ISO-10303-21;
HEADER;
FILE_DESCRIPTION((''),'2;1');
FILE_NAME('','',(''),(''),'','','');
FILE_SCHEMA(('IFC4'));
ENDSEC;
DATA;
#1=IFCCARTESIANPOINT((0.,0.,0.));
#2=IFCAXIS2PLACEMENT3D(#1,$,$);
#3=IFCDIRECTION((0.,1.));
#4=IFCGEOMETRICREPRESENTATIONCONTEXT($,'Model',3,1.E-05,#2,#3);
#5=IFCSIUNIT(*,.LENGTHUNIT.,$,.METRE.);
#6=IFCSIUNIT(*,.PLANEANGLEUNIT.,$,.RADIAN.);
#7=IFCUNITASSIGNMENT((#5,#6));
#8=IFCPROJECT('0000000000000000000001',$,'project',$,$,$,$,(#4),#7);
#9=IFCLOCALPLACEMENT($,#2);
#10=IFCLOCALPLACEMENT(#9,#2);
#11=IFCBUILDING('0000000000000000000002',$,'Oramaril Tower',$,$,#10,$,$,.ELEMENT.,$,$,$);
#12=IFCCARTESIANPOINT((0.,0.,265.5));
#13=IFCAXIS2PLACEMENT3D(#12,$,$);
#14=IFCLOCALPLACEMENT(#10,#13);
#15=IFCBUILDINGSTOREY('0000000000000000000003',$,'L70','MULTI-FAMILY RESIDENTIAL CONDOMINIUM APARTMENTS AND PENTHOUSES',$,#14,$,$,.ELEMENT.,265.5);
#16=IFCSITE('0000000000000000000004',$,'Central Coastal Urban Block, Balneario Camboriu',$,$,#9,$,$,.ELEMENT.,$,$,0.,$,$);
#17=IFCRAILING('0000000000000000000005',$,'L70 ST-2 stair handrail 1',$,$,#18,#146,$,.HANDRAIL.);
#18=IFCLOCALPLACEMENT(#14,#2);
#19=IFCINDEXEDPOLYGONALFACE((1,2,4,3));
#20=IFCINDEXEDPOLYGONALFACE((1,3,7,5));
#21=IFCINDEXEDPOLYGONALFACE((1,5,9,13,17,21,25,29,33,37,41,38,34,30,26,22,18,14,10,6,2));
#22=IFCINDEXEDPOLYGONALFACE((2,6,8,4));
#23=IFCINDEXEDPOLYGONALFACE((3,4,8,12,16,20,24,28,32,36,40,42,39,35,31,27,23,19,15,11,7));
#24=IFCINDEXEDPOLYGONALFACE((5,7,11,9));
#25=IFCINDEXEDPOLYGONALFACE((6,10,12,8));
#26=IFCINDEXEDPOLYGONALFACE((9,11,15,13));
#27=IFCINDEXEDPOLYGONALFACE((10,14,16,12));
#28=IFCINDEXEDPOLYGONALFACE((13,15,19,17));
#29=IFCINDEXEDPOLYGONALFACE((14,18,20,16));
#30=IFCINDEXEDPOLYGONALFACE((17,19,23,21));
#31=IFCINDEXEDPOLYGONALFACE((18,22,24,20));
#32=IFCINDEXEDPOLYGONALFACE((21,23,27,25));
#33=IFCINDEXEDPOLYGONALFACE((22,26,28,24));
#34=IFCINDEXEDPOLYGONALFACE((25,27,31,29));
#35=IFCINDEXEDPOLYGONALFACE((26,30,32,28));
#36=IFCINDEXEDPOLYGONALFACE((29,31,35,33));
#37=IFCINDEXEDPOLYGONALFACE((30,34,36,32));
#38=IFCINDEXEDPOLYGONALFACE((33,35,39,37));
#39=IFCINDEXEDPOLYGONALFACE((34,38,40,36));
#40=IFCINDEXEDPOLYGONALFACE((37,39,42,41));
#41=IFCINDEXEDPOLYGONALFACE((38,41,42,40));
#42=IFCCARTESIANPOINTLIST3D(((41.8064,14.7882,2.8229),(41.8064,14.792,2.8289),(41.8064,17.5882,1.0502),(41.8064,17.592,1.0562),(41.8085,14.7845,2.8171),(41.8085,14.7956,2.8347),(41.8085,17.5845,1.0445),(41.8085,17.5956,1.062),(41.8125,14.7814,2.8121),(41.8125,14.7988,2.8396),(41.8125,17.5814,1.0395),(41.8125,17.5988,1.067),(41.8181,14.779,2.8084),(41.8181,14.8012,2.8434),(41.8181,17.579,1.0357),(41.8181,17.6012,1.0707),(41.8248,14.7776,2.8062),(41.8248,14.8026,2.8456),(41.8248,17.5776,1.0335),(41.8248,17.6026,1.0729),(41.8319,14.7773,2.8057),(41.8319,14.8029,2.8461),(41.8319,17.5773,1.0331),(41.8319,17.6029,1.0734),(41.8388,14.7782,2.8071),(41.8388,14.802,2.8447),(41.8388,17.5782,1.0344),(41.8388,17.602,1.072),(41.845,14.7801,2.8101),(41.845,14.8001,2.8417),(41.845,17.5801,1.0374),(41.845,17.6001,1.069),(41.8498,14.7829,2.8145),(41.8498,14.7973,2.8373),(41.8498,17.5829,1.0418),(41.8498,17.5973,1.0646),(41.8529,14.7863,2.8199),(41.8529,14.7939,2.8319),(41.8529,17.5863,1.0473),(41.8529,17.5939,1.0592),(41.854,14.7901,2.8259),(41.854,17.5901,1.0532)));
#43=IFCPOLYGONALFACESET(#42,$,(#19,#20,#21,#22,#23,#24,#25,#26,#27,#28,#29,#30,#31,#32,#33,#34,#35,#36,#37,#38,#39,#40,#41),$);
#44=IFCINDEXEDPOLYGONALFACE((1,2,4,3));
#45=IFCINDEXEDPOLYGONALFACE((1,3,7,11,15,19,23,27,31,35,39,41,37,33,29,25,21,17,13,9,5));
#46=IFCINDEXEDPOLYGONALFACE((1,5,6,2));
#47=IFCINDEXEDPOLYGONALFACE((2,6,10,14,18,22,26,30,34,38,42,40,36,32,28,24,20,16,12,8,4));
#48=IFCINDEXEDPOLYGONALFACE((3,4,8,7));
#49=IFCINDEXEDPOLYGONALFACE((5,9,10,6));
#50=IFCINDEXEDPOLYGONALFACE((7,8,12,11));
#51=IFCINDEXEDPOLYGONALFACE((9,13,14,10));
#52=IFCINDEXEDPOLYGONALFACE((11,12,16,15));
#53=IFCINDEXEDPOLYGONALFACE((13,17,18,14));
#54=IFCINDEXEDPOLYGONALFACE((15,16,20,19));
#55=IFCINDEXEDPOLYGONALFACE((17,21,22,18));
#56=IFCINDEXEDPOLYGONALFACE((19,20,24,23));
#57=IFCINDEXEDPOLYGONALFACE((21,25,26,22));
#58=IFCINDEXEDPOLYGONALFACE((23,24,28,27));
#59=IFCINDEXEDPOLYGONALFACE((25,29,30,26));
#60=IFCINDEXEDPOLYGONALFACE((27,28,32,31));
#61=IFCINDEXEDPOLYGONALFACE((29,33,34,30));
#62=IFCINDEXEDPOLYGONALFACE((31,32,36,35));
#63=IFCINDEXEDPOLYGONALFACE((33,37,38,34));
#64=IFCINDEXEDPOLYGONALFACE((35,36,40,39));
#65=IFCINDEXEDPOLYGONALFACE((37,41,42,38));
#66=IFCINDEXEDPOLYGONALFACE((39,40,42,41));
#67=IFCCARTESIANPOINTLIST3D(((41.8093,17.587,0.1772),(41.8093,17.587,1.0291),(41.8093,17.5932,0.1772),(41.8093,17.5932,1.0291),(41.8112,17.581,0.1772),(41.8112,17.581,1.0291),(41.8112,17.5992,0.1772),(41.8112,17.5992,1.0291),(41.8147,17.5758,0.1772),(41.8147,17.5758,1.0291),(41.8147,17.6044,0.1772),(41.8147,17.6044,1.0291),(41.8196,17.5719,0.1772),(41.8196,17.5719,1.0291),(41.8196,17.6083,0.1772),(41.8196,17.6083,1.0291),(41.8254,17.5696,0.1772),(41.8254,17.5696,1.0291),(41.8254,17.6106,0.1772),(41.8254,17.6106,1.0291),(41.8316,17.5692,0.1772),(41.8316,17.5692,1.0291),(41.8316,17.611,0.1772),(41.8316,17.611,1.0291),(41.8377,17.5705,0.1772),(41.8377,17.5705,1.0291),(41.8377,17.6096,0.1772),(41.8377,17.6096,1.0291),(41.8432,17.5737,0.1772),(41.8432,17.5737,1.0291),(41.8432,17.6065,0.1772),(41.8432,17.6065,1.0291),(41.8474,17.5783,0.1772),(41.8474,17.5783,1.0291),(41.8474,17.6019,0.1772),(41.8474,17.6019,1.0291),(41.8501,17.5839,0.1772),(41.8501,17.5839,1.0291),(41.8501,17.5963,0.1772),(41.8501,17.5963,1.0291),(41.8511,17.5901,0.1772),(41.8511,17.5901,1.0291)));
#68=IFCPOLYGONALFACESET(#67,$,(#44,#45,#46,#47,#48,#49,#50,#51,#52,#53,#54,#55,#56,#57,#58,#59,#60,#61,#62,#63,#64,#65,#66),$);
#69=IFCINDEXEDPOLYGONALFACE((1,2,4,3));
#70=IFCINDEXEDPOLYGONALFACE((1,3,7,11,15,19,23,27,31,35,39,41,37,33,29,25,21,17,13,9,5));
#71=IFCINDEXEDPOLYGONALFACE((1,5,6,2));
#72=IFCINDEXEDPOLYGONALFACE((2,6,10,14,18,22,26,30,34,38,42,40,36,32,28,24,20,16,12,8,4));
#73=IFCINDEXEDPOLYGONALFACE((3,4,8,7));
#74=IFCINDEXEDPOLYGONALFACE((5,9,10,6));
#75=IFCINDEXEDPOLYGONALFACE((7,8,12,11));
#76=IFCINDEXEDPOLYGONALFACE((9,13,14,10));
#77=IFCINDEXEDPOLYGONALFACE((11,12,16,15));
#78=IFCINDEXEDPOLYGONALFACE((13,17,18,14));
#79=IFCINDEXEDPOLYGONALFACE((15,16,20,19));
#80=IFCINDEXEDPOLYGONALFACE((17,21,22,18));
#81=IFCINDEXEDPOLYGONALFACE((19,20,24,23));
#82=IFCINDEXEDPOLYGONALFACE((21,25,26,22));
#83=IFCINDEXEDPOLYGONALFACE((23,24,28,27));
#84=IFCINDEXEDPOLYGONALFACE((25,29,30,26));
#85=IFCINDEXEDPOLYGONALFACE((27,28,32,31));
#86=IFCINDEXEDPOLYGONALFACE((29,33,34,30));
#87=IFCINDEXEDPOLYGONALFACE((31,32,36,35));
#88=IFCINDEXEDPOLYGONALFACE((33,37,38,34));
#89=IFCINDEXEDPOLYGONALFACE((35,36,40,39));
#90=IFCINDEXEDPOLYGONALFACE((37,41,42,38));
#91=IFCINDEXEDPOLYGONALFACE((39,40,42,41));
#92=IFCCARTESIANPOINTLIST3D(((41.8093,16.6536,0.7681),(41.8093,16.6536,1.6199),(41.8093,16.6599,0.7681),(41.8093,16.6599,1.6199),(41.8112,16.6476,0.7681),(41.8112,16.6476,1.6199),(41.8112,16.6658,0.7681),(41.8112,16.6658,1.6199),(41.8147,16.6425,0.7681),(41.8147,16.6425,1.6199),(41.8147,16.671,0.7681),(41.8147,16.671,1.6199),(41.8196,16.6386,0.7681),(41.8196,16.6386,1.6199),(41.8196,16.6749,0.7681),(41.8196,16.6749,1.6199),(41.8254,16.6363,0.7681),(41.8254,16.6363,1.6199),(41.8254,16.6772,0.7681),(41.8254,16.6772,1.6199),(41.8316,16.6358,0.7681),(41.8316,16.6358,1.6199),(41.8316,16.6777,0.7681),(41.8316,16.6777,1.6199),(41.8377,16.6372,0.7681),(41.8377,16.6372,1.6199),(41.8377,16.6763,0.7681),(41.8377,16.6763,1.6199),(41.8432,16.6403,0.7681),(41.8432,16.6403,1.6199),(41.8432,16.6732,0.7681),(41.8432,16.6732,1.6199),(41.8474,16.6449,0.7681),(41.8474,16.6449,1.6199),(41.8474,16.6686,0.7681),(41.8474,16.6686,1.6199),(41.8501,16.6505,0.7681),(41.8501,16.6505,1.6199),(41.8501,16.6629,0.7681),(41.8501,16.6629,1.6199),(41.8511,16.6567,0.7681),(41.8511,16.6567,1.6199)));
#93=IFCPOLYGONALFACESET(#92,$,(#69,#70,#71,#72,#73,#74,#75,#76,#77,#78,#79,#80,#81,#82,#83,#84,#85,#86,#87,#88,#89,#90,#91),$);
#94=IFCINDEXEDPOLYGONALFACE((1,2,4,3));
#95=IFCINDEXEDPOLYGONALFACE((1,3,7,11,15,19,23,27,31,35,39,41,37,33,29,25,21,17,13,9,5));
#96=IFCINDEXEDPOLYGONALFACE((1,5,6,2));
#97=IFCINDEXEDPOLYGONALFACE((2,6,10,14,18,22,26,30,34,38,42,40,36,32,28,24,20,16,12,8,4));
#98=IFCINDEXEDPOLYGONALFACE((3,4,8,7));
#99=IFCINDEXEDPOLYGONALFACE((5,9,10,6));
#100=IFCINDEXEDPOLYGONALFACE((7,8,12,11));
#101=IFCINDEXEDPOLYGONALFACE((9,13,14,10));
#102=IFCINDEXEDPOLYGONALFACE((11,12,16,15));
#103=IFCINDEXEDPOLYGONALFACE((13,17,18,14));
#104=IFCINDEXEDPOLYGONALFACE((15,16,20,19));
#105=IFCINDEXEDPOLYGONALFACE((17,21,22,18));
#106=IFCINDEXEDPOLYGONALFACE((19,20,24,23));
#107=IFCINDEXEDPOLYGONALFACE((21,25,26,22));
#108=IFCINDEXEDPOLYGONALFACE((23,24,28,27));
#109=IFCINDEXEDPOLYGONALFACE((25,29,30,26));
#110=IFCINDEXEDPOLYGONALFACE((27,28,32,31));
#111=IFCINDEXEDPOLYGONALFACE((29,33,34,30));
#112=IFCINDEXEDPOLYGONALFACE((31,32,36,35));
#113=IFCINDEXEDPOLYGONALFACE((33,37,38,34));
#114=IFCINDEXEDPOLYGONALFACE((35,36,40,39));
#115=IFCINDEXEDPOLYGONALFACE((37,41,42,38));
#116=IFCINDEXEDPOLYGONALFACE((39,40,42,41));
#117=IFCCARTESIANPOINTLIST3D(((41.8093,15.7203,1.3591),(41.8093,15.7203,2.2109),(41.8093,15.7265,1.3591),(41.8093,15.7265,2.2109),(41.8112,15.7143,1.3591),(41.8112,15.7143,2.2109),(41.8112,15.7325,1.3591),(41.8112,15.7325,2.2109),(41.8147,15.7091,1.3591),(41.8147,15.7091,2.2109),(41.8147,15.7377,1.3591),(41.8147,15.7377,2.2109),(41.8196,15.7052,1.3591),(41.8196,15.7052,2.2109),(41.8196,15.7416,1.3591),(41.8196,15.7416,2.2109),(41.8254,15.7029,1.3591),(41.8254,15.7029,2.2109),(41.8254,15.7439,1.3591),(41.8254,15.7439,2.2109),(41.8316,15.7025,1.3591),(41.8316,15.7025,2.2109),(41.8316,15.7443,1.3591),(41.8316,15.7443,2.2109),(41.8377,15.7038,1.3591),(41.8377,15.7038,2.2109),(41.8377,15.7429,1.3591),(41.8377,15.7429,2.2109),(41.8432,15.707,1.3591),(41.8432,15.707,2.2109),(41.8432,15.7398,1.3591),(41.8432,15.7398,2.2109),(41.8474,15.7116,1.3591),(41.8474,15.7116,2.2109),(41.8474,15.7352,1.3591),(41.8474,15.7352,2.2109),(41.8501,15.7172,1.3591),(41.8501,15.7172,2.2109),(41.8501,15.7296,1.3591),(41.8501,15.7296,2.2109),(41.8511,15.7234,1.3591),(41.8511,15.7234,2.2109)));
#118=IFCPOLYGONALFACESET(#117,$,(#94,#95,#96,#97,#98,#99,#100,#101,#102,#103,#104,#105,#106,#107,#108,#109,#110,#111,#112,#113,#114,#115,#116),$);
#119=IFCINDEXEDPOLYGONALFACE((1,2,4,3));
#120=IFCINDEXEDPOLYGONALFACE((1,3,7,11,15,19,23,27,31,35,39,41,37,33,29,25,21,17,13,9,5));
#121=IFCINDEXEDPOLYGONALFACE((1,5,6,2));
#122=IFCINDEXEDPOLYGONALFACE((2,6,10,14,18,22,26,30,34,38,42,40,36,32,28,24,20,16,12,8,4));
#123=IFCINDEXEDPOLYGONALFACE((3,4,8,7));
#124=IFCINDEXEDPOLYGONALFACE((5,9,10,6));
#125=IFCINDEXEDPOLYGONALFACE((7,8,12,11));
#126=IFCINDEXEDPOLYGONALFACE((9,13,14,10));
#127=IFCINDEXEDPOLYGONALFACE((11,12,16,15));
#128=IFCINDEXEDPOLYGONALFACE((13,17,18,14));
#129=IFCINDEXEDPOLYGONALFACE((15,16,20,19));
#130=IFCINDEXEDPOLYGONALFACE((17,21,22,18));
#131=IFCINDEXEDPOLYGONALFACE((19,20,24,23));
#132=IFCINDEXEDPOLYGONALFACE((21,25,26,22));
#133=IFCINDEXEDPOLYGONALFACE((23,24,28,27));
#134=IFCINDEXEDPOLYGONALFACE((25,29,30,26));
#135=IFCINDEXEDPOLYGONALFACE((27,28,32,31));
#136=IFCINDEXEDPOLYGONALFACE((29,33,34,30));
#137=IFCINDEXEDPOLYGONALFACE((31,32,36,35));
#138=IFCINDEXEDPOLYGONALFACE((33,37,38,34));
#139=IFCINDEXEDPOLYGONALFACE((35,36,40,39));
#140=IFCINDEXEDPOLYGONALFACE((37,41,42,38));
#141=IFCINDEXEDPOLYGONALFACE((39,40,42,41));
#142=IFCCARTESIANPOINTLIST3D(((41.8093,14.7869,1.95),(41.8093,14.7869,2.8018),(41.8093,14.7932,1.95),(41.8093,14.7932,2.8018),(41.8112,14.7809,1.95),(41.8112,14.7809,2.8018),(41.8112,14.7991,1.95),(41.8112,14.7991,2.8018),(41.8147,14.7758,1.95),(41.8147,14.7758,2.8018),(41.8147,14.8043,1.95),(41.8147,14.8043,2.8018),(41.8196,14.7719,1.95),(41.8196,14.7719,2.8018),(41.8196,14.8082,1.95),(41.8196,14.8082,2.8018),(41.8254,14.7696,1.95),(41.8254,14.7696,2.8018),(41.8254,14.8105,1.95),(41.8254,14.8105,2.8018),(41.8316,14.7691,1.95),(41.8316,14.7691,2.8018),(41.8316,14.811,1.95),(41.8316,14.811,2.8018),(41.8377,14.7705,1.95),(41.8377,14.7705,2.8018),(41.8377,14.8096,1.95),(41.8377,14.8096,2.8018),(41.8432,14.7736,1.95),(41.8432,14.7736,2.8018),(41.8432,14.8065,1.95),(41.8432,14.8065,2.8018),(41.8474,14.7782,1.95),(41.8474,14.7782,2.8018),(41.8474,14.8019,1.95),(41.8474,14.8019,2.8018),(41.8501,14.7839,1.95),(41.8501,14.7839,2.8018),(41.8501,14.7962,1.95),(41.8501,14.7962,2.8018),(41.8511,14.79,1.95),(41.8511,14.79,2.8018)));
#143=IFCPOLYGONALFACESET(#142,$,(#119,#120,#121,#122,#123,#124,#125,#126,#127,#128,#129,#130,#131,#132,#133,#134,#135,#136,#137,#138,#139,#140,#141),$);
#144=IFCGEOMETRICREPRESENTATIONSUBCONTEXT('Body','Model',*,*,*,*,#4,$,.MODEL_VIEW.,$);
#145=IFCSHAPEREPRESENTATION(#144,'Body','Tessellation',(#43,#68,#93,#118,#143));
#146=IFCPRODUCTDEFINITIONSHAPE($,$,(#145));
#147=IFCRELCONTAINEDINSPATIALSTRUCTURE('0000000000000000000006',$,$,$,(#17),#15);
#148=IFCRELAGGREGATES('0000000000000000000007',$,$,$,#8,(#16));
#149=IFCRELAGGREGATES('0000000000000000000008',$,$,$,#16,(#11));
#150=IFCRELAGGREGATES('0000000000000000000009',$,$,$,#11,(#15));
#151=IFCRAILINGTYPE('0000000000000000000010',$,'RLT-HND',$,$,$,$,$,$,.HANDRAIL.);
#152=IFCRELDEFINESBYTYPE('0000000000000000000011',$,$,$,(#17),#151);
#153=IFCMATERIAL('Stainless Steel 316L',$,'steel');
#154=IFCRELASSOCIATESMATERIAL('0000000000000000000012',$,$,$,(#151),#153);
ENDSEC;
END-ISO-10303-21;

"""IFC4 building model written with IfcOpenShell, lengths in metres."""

from ifc_helpers import new_model, si_unit, direction, frame, origin, origin_2d, place, context, subcontext, project, spatial, circle, extrude, material, type_object, element, save


model = new_model("IFC4")

# Units and contexts
model_context = context("Model", 3, precision=1e-05, world=origin(), true_north=direction((0.0, 1.0)))
body_context = subcontext(model_context, "Body", "Model", "MODEL_VIEW")
ifc_project = project(units=[si_unit("LENGTHUNIT", "METRE"), si_unit("PLANEANGLEUNIT", "RADIAN")], contexts=[model_context])

# Site, building, storey
site_placement = place(None, origin())
site = spatial("IfcSite", under=ifc_project, at=site_placement, Name="Central Coastal Urban Block, Balneario Camboriu", CompositionType="ELEMENT", RefElevation=0.0)
building_placement = place(site_placement, origin())
building = spatial("IfcBuilding", under=site, at=building_placement, Name="Oramaril Tower", CompositionType="ELEMENT")
storey_placement = place(building_placement, frame((0.0, 0.0, 265.5)))
storey = spatial("IfcBuildingStorey", under=building, at=storey_placement, Name="L70", Description="MULTI-FAMILY RESIDENTIAL CONDOMINIUM APARTMENTS AND PENTHOUSES", CompositionType="ELEMENT", Elevation=265.5)

# Railing
ifc_material_1 = material(Name="Stainless Steel 316L", Category="steel")
railing_type_1 = type_object("IfcRailingType", Name="RLT-HND", PredefinedType="HANDRAIL", material=ifc_material_1)
railing_1_placement = place(storey_placement, frame((41.8301, 17.5901, 0.1772)))
element("IfcRailing", 1, at=railing_1_placement, inside=storey, type_object=railing_type_1, Name="L70 ST-2 stair handrail 1", PredefinedType="HANDRAIL", context=body_context, shape_type="SweptSolid", body=[
    extrude(circle(Radius=0.0239, at=origin_2d()), frame((0.0, 0.0, 0.876), z_axis=(0.0, -0.844909, 0.53491), x_axis=(1.0, 0.0, 0.0)), (0.0, 0.0, 1.0), 3.314),
    extrude(circle(Radius=0.021, at=origin_2d()), origin(), (0.0, 0.0, 1.0), 0.8518),
    extrude(circle(Radius=0.021, at=origin_2d()), frame((0.0, -0.9333, 0.5908)), (0.0, 0.0, 1.0), 0.8518),
    extrude(circle(Radius=0.021, at=origin_2d()), frame((0.0, -1.8667, 1.1819)), (0.0, 0.0, 1.0), 0.8518),
    extrude(circle(Radius=0.021, at=origin_2d()), frame((0.0, -2.8, 1.7727)), (0.0, 0.0, 1.0), 0.8518),
])

save(model, "model.ifc")
